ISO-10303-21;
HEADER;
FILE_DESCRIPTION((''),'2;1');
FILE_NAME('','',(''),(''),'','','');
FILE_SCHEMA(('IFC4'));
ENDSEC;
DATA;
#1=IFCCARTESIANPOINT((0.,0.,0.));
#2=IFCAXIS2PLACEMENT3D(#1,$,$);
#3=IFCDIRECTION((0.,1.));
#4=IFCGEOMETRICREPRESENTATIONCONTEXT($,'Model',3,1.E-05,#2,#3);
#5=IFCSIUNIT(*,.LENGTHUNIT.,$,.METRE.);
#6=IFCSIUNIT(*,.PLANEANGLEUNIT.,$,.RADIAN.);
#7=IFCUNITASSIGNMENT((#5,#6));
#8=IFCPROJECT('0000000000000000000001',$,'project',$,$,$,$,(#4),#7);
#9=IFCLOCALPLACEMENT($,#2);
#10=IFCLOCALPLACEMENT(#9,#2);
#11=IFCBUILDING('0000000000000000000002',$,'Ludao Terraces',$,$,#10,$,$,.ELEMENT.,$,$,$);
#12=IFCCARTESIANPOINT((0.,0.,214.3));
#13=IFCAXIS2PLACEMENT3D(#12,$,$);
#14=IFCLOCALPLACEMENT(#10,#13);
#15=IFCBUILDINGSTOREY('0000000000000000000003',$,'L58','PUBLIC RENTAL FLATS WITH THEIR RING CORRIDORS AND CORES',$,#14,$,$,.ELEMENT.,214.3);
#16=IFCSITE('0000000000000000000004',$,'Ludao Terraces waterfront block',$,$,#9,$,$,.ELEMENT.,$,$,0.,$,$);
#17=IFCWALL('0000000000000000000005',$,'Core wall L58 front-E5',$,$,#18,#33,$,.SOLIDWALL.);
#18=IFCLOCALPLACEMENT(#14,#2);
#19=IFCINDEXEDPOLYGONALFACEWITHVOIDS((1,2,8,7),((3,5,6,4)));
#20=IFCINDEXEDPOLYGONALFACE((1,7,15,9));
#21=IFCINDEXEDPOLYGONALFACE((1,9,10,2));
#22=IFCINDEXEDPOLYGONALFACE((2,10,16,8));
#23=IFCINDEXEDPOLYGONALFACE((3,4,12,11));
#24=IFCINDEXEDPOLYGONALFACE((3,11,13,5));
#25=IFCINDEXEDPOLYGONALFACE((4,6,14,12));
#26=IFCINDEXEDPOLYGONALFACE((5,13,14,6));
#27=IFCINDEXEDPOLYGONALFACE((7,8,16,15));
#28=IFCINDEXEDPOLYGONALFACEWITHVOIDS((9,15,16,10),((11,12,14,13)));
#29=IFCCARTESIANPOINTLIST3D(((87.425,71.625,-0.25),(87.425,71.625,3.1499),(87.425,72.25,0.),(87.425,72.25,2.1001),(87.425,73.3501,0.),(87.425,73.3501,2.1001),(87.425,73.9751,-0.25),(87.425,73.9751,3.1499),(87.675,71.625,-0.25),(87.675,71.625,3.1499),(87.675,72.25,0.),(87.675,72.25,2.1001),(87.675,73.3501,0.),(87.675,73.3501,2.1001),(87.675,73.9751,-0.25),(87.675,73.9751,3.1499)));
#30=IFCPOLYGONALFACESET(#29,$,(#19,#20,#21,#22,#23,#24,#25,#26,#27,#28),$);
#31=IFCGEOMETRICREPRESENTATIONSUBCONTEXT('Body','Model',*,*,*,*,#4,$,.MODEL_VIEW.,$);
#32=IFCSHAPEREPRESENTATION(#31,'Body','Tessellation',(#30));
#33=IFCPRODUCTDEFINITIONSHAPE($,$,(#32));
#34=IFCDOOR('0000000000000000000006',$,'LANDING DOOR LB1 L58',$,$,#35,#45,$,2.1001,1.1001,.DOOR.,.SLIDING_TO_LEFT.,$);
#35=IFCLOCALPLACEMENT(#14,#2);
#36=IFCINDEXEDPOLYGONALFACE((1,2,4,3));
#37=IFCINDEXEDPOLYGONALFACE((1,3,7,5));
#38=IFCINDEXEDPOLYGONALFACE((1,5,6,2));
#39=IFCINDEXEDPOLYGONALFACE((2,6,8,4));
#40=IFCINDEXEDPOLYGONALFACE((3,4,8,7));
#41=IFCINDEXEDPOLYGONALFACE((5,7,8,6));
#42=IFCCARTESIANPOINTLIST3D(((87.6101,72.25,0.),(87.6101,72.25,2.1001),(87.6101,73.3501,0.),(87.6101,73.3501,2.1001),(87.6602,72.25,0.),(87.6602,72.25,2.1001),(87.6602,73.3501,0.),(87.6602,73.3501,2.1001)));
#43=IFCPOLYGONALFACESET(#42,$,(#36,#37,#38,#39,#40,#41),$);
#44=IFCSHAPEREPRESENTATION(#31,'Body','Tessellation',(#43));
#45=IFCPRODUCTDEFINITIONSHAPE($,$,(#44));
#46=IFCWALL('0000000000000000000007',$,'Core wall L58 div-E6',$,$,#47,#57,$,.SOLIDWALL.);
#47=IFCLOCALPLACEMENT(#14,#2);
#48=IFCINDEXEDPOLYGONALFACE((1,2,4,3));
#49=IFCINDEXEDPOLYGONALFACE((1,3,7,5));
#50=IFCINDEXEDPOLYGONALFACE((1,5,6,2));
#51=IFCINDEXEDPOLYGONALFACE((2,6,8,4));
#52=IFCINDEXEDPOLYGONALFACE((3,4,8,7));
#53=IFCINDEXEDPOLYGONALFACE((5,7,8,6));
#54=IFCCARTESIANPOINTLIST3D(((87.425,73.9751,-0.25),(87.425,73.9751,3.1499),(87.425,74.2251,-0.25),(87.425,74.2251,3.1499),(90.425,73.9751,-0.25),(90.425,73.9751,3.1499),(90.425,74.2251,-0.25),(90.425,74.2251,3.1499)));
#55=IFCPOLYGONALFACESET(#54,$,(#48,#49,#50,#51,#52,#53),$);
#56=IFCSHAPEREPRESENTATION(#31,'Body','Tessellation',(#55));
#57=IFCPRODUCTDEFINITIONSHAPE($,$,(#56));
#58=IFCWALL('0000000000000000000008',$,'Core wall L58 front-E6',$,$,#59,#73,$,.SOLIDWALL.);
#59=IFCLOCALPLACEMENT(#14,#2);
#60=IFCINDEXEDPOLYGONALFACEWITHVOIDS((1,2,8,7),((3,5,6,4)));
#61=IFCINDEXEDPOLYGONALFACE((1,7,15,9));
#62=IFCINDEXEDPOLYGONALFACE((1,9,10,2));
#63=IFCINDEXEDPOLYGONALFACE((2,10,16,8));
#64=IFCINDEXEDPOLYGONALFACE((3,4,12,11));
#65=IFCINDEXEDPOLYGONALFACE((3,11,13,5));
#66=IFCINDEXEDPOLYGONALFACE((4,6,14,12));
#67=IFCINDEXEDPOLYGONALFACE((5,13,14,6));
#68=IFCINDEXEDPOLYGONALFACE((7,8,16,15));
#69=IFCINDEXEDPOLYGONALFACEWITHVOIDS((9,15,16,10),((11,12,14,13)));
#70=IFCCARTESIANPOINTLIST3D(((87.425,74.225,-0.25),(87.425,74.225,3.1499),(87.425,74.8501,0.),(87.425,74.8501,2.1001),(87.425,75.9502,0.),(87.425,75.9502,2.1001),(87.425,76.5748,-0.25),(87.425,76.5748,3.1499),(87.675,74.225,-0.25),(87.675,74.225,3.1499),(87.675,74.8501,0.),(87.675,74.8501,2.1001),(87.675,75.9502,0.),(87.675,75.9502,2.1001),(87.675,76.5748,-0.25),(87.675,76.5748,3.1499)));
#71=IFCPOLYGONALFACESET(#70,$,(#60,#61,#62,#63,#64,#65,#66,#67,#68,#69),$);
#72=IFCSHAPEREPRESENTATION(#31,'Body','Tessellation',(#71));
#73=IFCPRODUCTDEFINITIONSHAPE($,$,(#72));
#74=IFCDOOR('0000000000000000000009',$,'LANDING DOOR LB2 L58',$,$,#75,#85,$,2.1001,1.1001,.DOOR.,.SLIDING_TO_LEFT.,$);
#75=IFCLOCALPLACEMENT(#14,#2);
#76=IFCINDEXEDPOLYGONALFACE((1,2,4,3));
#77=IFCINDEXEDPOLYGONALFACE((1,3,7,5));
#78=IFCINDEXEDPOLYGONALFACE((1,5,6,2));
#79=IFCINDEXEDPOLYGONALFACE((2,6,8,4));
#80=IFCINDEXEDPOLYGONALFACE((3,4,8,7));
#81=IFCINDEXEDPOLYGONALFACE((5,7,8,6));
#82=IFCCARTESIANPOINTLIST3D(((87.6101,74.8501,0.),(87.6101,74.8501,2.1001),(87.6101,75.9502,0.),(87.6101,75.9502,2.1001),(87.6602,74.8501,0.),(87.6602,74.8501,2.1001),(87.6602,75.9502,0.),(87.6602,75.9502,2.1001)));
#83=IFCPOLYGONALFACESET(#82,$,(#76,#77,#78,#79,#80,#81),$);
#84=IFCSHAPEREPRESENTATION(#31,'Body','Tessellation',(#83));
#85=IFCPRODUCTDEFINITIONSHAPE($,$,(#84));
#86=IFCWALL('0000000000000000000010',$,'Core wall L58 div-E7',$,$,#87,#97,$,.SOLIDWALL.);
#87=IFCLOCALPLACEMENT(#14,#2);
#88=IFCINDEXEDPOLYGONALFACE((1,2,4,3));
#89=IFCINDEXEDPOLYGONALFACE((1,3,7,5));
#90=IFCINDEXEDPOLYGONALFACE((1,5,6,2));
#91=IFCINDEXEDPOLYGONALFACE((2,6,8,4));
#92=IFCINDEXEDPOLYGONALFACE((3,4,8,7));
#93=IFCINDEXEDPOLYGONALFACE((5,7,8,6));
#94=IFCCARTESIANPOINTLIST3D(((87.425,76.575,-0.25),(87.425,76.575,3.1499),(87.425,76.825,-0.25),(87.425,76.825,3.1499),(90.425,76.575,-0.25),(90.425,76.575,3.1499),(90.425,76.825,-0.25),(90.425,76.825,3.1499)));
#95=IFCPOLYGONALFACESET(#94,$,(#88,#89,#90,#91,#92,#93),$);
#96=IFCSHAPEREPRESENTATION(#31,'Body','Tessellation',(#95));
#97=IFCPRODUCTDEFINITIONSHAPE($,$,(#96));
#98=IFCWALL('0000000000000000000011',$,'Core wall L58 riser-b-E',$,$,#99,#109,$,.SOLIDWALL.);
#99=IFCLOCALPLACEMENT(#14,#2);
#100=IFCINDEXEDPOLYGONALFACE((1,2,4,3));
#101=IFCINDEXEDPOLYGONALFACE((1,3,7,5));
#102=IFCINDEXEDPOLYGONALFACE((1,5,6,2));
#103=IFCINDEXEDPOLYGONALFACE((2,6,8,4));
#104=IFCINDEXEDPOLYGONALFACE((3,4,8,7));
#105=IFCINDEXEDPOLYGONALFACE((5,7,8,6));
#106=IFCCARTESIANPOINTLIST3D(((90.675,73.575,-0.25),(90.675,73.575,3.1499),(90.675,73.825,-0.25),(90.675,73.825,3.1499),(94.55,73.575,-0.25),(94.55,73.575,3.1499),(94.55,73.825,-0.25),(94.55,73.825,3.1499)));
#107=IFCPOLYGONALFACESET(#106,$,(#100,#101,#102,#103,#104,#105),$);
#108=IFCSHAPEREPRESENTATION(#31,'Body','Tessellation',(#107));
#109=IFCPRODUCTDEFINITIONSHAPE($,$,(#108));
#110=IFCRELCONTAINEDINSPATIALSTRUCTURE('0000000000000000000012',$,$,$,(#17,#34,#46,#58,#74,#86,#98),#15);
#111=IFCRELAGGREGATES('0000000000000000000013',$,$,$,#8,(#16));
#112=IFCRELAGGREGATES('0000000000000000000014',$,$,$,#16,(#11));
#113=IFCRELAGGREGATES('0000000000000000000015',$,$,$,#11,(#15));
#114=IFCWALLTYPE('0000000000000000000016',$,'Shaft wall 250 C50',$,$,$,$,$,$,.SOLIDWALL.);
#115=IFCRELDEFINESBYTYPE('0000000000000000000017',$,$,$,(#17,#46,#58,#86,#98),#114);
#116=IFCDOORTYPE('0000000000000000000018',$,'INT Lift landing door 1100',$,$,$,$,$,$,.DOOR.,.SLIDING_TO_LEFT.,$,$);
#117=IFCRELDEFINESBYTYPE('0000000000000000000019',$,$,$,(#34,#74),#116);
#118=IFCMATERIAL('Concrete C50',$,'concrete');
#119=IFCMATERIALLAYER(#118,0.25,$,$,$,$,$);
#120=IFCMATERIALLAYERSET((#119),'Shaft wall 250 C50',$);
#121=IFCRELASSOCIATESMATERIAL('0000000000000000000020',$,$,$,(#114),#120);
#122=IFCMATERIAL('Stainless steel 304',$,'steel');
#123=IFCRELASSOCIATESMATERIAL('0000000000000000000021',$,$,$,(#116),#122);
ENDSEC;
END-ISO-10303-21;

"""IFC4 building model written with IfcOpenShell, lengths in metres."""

from ifc_helpers import new_model, si_unit, direction, frame, frame_2d, origin, place, context, subcontext, project, spatial, rectangle, extrude, material, layer, layer_set, type_object, element, fill, save


model = new_model("IFC4")

# Units and contexts
model_context = context("Model", 3, precision=1e-05, world=origin(), true_north=direction((0.0, 1.0)))
body_context = subcontext(model_context, "Body", "Model", "MODEL_VIEW")
ifc_project = project(units=[si_unit("LENGTHUNIT", "METRE"), si_unit("PLANEANGLEUNIT", "RADIAN")], contexts=[model_context])

# Site, building, storey
site_placement = place(None, origin())
site = spatial("IfcSite", under=ifc_project, at=site_placement, Name="Ludao Terraces waterfront block", CompositionType="ELEMENT", RefElevation=0.0)
building_placement = place(site_placement, origin())
building = spatial("IfcBuilding", under=site, at=building_placement, Name="Ludao Terraces", CompositionType="ELEMENT")
storey_placement = place(building_placement, frame((0.0, 0.0, 214.3)))
storey = spatial("IfcBuildingStorey", under=building, at=storey_placement, Name="L58", Description="PUBLIC RENTAL FLATS WITH THEIR RING CORRIDORS AND CORES", CompositionType="ELEMENT", Elevation=214.3)

# Shared definitions
ifc_material_1 = material(Name="Concrete C50", Category="concrete")
ifc_layer_1 = layer(ifc_material_1, 0.25)
ifc_layer_set_1 = layer_set([ifc_layer_1], Name="Shaft wall 250 C50")
wall_type_1 = type_object("IfcWallType", Name="Shaft wall 250 C50", PredefinedType="SOLIDWALL", material=ifc_layer_set_1)

# Wall, opening, door
wall_1_placement = place(storey_placement, frame((87.55, 71.625, -0.25), z_axis=(0.0, 0.0, 1.0), x_axis=(0.0, 1.0, 0.0)))
wall_1 = element("IfcWall", 1, at=wall_1_placement, inside=storey, type_object=wall_type_1, Name="Core wall L58 front-E5", PredefinedType="SOLIDWALL", context=body_context, shape_type="SweptSolid", body=[
    extrude(rectangle(XDim=2.3501, YDim=0.25, at=frame_2d((1.175, 0.0))), origin(), (0.0, 0.0, 1.0), 3.3999),
])
opening_1_placement = place(wall_1_placement, frame((0.625, 0.0, 0.25)))
opening_1 = element("IfcOpeningElement", 2, at=opening_1_placement, cuts=wall_1, PredefinedType="OPENING", context=body_context, shape_type="SweptSolid", body=[
    extrude(rectangle(XDim=1.1001, YDim=2.1001, at=frame_2d((0.55, 1.05))), frame((0.0, 0.135, 0.0), z_axis=(0.0, -1.0, 0.0), x_axis=(1.0, 0.0, 0.0)), (0.0, 0.0, 1.0), 0.27),
])
ifc_material_2 = material(Name="Stainless steel 304", Category="steel")
door_type_1 = type_object("IfcDoorType", Name="INT Lift landing door 1100", OperationType="SLIDING_TO_LEFT", PredefinedType="DOOR", material=ifc_material_2)
door_1_placement = place(opening_1_placement, origin())
door_1 = element("IfcDoor", 3, at=door_1_placement, inside=storey, type_object=door_type_1, Name="LANDING DOOR LB1 L58", OperationType="SLIDING_TO_LEFT", OverallHeight=2.1001, OverallWidth=1.1001, PredefinedType="DOOR", context=body_context, shape_type="SweptSolid", body=[
    extrude(rectangle(XDim=1.1001, YDim=2.1001, at=frame_2d((0.55, 1.05))), frame((0.0, -0.0601, 0.0), z_axis=(0.0, -1.0, 0.0), x_axis=(1.0, 0.0, 0.0)), (0.0, 0.0, 1.0), 0.05),
])
fill(opening_1, door_1)

# Wall
wall_2_placement = place(storey_placement, frame((87.425, 74.1001, -0.25), z_axis=(0.0, 0.0, 1.0), x_axis=(1.0, 0.0, 0.0)))
element("IfcWall", 4, at=wall_2_placement, inside=storey, type_object=wall_type_1, Name="Core wall L58 div-E6", PredefinedType="SOLIDWALL", context=body_context, shape_type="SweptSolid", body=[
    extrude(rectangle(XDim=3.0, YDim=0.25, at=frame_2d((1.5, 0.0))), origin(), (0.0, 0.0, 1.0), 3.3999),
])

# Wall, opening, door
wall_3_placement = place(storey_placement, frame((87.55, 74.2251, -0.25), z_axis=(0.0, 0.0, 1.0), x_axis=(0.0, 1.0, 0.0)))
wall_3 = element("IfcWall", 5, at=wall_3_placement, inside=storey, type_object=wall_type_1, Name="Core wall L58 front-E6", PredefinedType="SOLIDWALL", context=body_context, shape_type="SweptSolid", body=[
    extrude(rectangle(XDim=2.3499, YDim=0.25, at=frame_2d((1.1748, 0.0))), origin(), (0.0, 0.0, 1.0), 3.3999),
])
opening_2_placement = place(wall_3_placement, frame((0.625, 0.0, 0.25)))
opening_2 = element("IfcOpeningElement", 6, at=opening_2_placement, cuts=wall_3, PredefinedType="OPENING", context=body_context, shape_type="SweptSolid", body=[
    extrude(rectangle(XDim=1.1001, YDim=2.1001, at=frame_2d((0.55, 1.05))), frame((0.0, 0.135, 0.0), z_axis=(0.0, -1.0, 0.0), x_axis=(1.0, 0.0, 0.0)), (0.0, 0.0, 1.0), 0.27),
])
door_2_placement = place(opening_2_placement, origin())
door_2 = element("IfcDoor", 7, at=door_2_placement, inside=storey, type_object=door_type_1, Name="LANDING DOOR LB2 L58", OperationType="SLIDING_TO_LEFT", OverallHeight=2.1001, OverallWidth=1.1001, PredefinedType="DOOR", context=body_context, shape_type="SweptSolid", body=[
    extrude(rectangle(XDim=1.1001, YDim=2.1001, at=frame_2d((0.55, 1.05))), frame((0.0, -0.0601, 0.0), z_axis=(0.0, -1.0, 0.0), x_axis=(1.0, 0.0, 0.0)), (0.0, 0.0, 1.0), 0.05),
])
fill(opening_2, door_2)

# Walls
wall_4_placement = place(storey_placement, frame((87.425, 76.7, -0.25), z_axis=(0.0, 0.0, 1.0), x_axis=(1.0, 0.0, 0.0)))
element("IfcWall", 8, at=wall_4_placement, inside=storey, type_object=wall_type_1, Name="Core wall L58 div-E7", PredefinedType="SOLIDWALL", context=body_context, shape_type="SweptSolid", body=[
    extrude(rectangle(XDim=3.0, YDim=0.25, at=frame_2d((1.5, 0.0))), origin(), (0.0, 0.0, 1.0), 3.3999),
])
wall_5_placement = place(storey_placement, frame((90.675, 73.7, -0.25), z_axis=(0.0, 0.0, 1.0), x_axis=(1.0, 0.0, 0.0)))
element("IfcWall", 9, at=wall_5_placement, inside=storey, type_object=wall_type_1, Name="Core wall L58 riser-b-E", PredefinedType="SOLIDWALL", context=body_context, shape_type="SweptSolid", body=[
    extrude(rectangle(XDim=3.875, YDim=0.25, at=frame_2d((1.9375, 0.0))), origin(), (0.0, 0.0, 1.0), 3.3999),
])

save(model, "model.ifc")
